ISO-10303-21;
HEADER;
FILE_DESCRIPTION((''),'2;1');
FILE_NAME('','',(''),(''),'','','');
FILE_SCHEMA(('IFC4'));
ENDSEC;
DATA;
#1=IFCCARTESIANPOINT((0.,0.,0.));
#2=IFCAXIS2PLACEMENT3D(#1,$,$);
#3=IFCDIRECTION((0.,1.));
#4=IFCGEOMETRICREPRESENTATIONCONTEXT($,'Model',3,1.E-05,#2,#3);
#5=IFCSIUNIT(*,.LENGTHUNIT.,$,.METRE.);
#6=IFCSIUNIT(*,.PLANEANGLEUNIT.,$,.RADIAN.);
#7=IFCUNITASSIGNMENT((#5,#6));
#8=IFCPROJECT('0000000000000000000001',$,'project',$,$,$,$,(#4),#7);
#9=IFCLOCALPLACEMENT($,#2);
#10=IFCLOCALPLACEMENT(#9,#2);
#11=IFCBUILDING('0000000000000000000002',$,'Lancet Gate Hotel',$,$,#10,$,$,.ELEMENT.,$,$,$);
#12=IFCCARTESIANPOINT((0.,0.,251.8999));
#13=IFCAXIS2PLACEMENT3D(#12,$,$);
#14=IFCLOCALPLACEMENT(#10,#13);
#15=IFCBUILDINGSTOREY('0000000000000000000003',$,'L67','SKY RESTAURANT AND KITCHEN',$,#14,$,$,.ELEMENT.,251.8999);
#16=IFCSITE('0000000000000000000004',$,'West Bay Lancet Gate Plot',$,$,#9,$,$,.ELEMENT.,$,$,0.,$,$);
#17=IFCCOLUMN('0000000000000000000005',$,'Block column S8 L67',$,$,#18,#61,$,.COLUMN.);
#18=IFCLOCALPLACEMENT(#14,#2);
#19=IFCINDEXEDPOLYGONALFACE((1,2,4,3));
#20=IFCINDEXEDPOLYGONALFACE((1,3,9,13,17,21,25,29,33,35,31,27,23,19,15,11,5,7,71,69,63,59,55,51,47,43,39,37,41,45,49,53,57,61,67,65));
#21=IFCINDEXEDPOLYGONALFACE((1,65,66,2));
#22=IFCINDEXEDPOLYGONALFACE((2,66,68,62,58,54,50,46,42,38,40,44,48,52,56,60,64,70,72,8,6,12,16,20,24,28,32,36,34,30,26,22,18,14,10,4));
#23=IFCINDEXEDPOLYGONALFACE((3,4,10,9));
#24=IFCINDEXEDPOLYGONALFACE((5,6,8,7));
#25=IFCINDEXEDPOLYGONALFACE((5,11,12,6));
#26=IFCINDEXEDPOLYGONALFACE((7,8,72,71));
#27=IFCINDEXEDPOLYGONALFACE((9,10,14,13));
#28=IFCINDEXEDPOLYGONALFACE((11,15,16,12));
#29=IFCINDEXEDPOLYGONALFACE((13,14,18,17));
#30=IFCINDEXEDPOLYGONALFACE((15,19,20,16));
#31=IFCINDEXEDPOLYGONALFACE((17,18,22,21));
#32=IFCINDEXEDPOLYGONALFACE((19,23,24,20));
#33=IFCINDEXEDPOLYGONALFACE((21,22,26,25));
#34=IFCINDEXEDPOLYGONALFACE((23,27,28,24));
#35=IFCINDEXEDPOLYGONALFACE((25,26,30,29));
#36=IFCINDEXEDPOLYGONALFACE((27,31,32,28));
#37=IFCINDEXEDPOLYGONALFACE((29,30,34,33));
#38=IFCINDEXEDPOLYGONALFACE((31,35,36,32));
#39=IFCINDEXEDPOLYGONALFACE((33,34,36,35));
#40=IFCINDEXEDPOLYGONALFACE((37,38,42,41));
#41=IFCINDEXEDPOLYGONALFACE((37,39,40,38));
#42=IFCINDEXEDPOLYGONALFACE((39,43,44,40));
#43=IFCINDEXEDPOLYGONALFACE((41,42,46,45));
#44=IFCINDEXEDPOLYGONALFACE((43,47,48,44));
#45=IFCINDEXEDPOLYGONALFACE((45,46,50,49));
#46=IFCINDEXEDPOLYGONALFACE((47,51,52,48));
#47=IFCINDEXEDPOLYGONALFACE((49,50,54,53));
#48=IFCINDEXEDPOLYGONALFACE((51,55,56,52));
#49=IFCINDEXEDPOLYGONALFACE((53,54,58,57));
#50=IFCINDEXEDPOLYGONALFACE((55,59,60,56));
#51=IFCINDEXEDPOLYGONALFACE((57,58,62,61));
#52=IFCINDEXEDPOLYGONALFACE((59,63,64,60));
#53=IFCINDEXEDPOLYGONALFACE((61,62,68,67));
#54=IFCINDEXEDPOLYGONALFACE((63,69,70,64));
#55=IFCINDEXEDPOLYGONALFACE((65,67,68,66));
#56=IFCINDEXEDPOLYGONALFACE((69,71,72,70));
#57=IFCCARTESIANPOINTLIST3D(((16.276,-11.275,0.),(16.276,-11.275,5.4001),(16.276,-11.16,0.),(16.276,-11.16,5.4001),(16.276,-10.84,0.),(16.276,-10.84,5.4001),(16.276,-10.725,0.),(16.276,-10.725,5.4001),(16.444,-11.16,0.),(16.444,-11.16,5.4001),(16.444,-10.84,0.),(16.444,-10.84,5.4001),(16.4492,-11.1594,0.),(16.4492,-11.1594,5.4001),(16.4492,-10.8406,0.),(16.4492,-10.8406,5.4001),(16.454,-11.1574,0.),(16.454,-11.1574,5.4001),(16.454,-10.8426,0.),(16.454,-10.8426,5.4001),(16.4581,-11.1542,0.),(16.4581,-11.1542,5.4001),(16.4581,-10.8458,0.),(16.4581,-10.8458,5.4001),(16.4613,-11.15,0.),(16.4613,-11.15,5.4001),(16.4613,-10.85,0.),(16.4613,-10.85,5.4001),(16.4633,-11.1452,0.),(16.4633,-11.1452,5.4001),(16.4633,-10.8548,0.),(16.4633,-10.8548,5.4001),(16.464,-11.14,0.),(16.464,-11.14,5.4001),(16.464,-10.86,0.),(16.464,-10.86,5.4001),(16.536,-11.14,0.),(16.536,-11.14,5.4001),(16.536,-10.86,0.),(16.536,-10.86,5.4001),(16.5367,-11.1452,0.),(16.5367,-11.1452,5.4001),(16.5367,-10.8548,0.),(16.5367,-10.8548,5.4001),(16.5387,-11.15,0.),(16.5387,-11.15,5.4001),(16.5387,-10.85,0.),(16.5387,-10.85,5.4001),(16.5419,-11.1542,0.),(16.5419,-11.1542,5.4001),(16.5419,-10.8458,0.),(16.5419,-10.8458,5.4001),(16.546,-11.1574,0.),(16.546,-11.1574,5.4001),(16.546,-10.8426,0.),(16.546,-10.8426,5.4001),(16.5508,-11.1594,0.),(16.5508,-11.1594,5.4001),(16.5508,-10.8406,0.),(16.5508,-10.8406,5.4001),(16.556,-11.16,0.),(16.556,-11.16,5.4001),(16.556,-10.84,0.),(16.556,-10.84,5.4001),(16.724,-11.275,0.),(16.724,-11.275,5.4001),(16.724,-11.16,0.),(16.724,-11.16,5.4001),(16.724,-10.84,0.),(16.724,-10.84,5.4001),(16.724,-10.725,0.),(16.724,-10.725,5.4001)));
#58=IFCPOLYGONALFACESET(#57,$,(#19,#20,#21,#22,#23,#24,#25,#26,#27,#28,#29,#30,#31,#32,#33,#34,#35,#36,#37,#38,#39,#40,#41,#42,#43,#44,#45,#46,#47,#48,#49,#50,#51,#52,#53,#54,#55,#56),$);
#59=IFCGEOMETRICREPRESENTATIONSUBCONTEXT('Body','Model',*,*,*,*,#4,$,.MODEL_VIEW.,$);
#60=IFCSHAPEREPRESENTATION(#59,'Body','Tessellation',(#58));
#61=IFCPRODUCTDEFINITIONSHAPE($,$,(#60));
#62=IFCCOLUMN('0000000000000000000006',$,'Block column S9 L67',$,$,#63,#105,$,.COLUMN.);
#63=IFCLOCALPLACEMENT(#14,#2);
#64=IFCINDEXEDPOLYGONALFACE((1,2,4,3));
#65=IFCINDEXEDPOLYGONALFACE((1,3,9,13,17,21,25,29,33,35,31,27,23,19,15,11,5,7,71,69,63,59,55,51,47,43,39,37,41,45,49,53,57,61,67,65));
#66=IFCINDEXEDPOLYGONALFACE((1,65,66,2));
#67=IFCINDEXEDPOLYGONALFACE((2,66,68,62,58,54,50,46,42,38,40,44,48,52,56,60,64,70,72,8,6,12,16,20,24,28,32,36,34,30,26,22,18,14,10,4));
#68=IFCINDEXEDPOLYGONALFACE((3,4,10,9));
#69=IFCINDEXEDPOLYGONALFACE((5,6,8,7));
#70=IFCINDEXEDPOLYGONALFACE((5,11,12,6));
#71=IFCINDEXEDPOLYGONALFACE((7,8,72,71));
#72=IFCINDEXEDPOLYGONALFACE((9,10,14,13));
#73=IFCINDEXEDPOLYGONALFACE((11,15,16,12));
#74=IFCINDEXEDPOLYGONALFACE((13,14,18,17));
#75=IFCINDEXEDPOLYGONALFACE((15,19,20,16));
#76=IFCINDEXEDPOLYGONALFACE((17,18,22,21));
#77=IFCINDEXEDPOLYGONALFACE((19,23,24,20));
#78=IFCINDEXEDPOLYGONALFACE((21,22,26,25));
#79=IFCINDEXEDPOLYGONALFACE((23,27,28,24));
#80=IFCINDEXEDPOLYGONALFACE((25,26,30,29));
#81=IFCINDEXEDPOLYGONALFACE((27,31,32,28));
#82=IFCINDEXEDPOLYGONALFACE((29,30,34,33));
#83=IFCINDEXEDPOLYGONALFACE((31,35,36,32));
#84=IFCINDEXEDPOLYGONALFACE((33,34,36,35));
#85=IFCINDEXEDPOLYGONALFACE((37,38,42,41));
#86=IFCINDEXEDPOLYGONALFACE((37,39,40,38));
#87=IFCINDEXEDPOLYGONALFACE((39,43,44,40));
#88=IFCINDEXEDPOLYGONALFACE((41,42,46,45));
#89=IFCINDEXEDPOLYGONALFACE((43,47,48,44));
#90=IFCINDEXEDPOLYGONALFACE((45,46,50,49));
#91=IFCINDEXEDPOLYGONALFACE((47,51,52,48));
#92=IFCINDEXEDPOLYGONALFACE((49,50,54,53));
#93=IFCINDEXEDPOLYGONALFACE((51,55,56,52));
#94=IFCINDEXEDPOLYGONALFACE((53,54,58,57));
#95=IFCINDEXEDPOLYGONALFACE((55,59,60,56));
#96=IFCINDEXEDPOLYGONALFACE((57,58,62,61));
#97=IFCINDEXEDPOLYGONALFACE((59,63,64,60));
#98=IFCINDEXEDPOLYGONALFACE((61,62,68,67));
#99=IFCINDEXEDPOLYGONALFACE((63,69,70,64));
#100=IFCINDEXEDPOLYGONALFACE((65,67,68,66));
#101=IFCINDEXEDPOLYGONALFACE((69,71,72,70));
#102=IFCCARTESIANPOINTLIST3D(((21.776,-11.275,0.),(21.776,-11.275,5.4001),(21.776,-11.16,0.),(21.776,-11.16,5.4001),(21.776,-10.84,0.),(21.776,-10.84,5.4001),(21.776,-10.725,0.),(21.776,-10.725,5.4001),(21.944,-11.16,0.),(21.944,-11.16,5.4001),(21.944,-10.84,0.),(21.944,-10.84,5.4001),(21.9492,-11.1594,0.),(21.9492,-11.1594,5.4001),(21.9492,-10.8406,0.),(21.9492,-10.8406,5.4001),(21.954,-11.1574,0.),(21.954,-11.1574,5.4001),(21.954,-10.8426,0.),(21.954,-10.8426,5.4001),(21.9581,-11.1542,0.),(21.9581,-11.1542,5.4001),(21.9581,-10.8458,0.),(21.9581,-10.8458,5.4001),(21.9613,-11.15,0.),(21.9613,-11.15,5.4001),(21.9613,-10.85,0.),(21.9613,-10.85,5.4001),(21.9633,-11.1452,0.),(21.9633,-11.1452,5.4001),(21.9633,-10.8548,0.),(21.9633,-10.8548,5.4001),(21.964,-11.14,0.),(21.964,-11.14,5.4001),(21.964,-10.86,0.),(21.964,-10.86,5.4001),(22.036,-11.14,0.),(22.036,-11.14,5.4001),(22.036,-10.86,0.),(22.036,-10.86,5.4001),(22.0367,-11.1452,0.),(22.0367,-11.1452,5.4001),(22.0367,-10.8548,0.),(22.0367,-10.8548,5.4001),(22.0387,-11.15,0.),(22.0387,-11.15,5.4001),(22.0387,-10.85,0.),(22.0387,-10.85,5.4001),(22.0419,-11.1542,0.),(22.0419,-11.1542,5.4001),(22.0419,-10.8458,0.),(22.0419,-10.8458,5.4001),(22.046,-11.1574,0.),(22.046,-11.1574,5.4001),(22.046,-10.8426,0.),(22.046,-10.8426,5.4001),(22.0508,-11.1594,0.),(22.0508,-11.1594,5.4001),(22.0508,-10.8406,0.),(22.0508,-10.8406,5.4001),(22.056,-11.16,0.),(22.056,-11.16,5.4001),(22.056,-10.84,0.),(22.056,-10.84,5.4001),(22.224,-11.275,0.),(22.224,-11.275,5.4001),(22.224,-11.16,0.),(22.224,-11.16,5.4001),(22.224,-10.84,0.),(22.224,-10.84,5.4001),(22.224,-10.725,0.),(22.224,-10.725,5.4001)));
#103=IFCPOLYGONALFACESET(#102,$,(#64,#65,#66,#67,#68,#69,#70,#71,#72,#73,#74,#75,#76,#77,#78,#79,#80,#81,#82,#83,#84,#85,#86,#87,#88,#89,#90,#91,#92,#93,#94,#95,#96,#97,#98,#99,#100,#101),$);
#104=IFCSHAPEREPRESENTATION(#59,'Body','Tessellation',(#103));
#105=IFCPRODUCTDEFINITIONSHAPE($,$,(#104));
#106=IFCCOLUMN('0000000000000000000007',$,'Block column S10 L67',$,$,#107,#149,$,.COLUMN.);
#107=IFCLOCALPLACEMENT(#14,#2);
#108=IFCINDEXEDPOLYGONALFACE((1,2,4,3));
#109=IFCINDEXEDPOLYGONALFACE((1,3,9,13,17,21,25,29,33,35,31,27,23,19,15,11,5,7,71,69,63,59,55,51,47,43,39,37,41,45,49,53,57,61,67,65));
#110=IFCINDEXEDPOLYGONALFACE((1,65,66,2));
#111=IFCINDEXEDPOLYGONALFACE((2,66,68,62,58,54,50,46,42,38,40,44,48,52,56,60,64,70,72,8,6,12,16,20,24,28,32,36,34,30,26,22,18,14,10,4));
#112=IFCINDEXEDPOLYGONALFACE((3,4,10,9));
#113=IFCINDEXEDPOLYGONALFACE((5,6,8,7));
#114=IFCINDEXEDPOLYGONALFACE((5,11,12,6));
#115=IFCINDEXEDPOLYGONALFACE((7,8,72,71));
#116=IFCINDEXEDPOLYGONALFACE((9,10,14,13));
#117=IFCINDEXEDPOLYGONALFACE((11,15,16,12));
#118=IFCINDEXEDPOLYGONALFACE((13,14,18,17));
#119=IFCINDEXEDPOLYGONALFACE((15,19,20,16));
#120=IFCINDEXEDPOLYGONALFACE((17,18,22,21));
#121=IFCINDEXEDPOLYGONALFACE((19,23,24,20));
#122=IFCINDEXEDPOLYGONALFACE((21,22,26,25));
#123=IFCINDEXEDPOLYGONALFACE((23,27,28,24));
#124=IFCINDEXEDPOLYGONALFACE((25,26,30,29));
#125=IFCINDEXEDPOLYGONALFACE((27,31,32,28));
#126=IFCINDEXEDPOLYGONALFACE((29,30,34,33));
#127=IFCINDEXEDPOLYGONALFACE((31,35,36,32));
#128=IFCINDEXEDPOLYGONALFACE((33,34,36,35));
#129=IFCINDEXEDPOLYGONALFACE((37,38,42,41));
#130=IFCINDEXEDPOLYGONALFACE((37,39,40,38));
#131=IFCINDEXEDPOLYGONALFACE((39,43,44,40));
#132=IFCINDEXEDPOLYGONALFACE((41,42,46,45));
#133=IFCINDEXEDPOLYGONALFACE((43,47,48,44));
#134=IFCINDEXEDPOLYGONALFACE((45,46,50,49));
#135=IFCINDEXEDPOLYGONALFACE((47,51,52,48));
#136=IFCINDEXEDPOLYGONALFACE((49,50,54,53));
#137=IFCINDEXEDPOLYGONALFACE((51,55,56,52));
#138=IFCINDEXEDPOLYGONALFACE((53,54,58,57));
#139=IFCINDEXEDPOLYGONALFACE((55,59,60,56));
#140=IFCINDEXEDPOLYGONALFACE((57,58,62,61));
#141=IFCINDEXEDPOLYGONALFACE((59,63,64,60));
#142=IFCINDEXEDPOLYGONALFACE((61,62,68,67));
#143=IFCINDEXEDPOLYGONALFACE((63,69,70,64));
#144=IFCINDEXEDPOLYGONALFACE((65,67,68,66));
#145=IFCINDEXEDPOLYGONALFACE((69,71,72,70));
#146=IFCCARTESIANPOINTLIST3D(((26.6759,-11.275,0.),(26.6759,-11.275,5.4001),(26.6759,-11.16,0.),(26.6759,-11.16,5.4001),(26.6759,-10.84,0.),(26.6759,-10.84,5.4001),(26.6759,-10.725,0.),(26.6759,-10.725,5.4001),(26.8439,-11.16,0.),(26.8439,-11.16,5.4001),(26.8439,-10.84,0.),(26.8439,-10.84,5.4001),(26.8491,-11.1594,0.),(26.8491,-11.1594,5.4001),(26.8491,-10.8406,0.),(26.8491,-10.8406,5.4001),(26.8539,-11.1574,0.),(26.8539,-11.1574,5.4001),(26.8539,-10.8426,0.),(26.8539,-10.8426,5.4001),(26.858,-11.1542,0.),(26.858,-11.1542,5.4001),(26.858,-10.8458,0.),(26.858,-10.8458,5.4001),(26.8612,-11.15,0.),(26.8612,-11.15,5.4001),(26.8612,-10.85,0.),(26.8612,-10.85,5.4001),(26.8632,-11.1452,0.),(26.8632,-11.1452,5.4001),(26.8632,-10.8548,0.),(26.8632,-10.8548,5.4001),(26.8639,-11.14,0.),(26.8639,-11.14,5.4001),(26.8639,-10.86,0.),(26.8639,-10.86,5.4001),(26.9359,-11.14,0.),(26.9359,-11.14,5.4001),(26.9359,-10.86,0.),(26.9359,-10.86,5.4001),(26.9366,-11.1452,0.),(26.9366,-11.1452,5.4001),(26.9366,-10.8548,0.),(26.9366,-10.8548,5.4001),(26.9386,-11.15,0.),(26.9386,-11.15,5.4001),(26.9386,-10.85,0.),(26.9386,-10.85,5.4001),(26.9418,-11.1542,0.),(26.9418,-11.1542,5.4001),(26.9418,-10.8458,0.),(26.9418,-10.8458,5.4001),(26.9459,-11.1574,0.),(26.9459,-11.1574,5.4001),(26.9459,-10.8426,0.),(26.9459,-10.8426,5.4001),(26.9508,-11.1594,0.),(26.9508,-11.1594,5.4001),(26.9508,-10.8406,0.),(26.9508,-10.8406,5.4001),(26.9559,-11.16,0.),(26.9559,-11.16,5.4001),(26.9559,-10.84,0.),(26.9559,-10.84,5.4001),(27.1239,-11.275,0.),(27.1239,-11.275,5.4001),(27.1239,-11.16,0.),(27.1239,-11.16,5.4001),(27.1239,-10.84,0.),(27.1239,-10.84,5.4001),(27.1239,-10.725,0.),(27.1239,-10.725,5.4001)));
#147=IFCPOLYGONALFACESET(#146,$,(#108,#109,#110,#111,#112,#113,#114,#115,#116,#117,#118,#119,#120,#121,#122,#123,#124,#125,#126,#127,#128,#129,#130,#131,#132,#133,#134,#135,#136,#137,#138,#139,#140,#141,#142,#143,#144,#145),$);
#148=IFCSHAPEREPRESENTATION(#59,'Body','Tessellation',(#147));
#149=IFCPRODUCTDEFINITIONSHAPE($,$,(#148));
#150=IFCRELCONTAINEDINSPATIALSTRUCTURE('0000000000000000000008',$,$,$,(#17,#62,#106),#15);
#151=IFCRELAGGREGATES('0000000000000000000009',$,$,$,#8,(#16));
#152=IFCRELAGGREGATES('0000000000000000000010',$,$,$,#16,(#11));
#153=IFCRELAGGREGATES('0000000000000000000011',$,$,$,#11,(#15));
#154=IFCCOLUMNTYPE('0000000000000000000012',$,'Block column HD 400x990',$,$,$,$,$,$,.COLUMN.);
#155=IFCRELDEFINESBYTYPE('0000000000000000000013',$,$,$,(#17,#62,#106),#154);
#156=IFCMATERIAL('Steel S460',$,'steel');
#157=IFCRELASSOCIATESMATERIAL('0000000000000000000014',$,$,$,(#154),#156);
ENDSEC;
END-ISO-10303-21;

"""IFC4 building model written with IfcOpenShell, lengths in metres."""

from ifc_helpers import new_model, si_unit, direction, frame, origin, origin_2d, place, context, subcontext, project, spatial, i_section, extrude, material, material_profile, profile_set, type_object, element, save


model = new_model("IFC4")

# Units and contexts
model_context = context("Model", 3, precision=1e-05, world=origin(), true_north=direction((0.0, 1.0)))
body_context = subcontext(model_context, "Body", "Model", "MODEL_VIEW")
ifc_project = project(units=[si_unit("LENGTHUNIT", "METRE"), si_unit("PLANEANGLEUNIT", "RADIAN")], contexts=[model_context])

# Site, building, storey
site_placement = place(None, origin())
site = spatial("IfcSite", under=ifc_project, at=site_placement, Name="West Bay Lancet Gate Plot", CompositionType="ELEMENT", RefElevation=0.0)
building_placement = place(site_placement, origin())
building = spatial("IfcBuilding", under=site, at=building_placement, Name="Lancet Gate Hotel", CompositionType="ELEMENT")
storey_placement = place(building_placement, frame((0.0, 0.0, 251.8999)))
storey = spatial("IfcBuildingStorey", under=building, at=storey_placement, Name="L67", Description="SKY RESTAURANT AND KITCHEN", CompositionType="ELEMENT", Elevation=251.8999)

# Columns
ifc_material_1 = material(Name="Steel S460", Category="steel")
ifc_material_profile_1 = material_profile(ifc_material_1, i_section(OverallWidth=0.448, OverallDepth=0.55, WebThickness=0.072, FlangeThickness=0.115, FilletRadius=0.02, at=origin_2d()), Name="HD 400x990")
ifc_profile_set_1 = profile_set([ifc_material_profile_1], Name="Steel S460")
column_type_1 = type_object("IfcColumnType", Name="Block column HD 400x990", PredefinedType="COLUMN", material=ifc_profile_set_1)
for number, where, z_axis, x_axis, name in (
    (1, (16.5, -11.0, 0.0), (0.0, 0.0, 1.0), (1.0, 0.0, 0.0), "Block column S8 L67"),
    (2, (22.0, -11.0, 0.0), (0.0, 0.0, 1.0), (1.0, 0.0, 0.0), "Block column S9 L67"),
    (3, (26.8999, -11.0, 0.0), (0.0, 0.0, 1.0), (1.0, 0.0, 0.0), "Block column S10 L67"),
):
    element("IfcColumn", number, at=place(storey_placement, frame(where, z_axis=z_axis, x_axis=x_axis)), inside=storey, type_object=column_type_1, Name=name, PredefinedType="COLUMN", context=body_context, shape_type="SweptSolid", body=[
        extrude(i_section(OverallWidth=0.448, OverallDepth=0.55, WebThickness=0.072, FlangeThickness=0.115, FilletRadius=0.02, at=origin_2d()), origin(), (0.0, 0.0, 1.0), 5.4001),
    ])

save(model, "model.ifc")
